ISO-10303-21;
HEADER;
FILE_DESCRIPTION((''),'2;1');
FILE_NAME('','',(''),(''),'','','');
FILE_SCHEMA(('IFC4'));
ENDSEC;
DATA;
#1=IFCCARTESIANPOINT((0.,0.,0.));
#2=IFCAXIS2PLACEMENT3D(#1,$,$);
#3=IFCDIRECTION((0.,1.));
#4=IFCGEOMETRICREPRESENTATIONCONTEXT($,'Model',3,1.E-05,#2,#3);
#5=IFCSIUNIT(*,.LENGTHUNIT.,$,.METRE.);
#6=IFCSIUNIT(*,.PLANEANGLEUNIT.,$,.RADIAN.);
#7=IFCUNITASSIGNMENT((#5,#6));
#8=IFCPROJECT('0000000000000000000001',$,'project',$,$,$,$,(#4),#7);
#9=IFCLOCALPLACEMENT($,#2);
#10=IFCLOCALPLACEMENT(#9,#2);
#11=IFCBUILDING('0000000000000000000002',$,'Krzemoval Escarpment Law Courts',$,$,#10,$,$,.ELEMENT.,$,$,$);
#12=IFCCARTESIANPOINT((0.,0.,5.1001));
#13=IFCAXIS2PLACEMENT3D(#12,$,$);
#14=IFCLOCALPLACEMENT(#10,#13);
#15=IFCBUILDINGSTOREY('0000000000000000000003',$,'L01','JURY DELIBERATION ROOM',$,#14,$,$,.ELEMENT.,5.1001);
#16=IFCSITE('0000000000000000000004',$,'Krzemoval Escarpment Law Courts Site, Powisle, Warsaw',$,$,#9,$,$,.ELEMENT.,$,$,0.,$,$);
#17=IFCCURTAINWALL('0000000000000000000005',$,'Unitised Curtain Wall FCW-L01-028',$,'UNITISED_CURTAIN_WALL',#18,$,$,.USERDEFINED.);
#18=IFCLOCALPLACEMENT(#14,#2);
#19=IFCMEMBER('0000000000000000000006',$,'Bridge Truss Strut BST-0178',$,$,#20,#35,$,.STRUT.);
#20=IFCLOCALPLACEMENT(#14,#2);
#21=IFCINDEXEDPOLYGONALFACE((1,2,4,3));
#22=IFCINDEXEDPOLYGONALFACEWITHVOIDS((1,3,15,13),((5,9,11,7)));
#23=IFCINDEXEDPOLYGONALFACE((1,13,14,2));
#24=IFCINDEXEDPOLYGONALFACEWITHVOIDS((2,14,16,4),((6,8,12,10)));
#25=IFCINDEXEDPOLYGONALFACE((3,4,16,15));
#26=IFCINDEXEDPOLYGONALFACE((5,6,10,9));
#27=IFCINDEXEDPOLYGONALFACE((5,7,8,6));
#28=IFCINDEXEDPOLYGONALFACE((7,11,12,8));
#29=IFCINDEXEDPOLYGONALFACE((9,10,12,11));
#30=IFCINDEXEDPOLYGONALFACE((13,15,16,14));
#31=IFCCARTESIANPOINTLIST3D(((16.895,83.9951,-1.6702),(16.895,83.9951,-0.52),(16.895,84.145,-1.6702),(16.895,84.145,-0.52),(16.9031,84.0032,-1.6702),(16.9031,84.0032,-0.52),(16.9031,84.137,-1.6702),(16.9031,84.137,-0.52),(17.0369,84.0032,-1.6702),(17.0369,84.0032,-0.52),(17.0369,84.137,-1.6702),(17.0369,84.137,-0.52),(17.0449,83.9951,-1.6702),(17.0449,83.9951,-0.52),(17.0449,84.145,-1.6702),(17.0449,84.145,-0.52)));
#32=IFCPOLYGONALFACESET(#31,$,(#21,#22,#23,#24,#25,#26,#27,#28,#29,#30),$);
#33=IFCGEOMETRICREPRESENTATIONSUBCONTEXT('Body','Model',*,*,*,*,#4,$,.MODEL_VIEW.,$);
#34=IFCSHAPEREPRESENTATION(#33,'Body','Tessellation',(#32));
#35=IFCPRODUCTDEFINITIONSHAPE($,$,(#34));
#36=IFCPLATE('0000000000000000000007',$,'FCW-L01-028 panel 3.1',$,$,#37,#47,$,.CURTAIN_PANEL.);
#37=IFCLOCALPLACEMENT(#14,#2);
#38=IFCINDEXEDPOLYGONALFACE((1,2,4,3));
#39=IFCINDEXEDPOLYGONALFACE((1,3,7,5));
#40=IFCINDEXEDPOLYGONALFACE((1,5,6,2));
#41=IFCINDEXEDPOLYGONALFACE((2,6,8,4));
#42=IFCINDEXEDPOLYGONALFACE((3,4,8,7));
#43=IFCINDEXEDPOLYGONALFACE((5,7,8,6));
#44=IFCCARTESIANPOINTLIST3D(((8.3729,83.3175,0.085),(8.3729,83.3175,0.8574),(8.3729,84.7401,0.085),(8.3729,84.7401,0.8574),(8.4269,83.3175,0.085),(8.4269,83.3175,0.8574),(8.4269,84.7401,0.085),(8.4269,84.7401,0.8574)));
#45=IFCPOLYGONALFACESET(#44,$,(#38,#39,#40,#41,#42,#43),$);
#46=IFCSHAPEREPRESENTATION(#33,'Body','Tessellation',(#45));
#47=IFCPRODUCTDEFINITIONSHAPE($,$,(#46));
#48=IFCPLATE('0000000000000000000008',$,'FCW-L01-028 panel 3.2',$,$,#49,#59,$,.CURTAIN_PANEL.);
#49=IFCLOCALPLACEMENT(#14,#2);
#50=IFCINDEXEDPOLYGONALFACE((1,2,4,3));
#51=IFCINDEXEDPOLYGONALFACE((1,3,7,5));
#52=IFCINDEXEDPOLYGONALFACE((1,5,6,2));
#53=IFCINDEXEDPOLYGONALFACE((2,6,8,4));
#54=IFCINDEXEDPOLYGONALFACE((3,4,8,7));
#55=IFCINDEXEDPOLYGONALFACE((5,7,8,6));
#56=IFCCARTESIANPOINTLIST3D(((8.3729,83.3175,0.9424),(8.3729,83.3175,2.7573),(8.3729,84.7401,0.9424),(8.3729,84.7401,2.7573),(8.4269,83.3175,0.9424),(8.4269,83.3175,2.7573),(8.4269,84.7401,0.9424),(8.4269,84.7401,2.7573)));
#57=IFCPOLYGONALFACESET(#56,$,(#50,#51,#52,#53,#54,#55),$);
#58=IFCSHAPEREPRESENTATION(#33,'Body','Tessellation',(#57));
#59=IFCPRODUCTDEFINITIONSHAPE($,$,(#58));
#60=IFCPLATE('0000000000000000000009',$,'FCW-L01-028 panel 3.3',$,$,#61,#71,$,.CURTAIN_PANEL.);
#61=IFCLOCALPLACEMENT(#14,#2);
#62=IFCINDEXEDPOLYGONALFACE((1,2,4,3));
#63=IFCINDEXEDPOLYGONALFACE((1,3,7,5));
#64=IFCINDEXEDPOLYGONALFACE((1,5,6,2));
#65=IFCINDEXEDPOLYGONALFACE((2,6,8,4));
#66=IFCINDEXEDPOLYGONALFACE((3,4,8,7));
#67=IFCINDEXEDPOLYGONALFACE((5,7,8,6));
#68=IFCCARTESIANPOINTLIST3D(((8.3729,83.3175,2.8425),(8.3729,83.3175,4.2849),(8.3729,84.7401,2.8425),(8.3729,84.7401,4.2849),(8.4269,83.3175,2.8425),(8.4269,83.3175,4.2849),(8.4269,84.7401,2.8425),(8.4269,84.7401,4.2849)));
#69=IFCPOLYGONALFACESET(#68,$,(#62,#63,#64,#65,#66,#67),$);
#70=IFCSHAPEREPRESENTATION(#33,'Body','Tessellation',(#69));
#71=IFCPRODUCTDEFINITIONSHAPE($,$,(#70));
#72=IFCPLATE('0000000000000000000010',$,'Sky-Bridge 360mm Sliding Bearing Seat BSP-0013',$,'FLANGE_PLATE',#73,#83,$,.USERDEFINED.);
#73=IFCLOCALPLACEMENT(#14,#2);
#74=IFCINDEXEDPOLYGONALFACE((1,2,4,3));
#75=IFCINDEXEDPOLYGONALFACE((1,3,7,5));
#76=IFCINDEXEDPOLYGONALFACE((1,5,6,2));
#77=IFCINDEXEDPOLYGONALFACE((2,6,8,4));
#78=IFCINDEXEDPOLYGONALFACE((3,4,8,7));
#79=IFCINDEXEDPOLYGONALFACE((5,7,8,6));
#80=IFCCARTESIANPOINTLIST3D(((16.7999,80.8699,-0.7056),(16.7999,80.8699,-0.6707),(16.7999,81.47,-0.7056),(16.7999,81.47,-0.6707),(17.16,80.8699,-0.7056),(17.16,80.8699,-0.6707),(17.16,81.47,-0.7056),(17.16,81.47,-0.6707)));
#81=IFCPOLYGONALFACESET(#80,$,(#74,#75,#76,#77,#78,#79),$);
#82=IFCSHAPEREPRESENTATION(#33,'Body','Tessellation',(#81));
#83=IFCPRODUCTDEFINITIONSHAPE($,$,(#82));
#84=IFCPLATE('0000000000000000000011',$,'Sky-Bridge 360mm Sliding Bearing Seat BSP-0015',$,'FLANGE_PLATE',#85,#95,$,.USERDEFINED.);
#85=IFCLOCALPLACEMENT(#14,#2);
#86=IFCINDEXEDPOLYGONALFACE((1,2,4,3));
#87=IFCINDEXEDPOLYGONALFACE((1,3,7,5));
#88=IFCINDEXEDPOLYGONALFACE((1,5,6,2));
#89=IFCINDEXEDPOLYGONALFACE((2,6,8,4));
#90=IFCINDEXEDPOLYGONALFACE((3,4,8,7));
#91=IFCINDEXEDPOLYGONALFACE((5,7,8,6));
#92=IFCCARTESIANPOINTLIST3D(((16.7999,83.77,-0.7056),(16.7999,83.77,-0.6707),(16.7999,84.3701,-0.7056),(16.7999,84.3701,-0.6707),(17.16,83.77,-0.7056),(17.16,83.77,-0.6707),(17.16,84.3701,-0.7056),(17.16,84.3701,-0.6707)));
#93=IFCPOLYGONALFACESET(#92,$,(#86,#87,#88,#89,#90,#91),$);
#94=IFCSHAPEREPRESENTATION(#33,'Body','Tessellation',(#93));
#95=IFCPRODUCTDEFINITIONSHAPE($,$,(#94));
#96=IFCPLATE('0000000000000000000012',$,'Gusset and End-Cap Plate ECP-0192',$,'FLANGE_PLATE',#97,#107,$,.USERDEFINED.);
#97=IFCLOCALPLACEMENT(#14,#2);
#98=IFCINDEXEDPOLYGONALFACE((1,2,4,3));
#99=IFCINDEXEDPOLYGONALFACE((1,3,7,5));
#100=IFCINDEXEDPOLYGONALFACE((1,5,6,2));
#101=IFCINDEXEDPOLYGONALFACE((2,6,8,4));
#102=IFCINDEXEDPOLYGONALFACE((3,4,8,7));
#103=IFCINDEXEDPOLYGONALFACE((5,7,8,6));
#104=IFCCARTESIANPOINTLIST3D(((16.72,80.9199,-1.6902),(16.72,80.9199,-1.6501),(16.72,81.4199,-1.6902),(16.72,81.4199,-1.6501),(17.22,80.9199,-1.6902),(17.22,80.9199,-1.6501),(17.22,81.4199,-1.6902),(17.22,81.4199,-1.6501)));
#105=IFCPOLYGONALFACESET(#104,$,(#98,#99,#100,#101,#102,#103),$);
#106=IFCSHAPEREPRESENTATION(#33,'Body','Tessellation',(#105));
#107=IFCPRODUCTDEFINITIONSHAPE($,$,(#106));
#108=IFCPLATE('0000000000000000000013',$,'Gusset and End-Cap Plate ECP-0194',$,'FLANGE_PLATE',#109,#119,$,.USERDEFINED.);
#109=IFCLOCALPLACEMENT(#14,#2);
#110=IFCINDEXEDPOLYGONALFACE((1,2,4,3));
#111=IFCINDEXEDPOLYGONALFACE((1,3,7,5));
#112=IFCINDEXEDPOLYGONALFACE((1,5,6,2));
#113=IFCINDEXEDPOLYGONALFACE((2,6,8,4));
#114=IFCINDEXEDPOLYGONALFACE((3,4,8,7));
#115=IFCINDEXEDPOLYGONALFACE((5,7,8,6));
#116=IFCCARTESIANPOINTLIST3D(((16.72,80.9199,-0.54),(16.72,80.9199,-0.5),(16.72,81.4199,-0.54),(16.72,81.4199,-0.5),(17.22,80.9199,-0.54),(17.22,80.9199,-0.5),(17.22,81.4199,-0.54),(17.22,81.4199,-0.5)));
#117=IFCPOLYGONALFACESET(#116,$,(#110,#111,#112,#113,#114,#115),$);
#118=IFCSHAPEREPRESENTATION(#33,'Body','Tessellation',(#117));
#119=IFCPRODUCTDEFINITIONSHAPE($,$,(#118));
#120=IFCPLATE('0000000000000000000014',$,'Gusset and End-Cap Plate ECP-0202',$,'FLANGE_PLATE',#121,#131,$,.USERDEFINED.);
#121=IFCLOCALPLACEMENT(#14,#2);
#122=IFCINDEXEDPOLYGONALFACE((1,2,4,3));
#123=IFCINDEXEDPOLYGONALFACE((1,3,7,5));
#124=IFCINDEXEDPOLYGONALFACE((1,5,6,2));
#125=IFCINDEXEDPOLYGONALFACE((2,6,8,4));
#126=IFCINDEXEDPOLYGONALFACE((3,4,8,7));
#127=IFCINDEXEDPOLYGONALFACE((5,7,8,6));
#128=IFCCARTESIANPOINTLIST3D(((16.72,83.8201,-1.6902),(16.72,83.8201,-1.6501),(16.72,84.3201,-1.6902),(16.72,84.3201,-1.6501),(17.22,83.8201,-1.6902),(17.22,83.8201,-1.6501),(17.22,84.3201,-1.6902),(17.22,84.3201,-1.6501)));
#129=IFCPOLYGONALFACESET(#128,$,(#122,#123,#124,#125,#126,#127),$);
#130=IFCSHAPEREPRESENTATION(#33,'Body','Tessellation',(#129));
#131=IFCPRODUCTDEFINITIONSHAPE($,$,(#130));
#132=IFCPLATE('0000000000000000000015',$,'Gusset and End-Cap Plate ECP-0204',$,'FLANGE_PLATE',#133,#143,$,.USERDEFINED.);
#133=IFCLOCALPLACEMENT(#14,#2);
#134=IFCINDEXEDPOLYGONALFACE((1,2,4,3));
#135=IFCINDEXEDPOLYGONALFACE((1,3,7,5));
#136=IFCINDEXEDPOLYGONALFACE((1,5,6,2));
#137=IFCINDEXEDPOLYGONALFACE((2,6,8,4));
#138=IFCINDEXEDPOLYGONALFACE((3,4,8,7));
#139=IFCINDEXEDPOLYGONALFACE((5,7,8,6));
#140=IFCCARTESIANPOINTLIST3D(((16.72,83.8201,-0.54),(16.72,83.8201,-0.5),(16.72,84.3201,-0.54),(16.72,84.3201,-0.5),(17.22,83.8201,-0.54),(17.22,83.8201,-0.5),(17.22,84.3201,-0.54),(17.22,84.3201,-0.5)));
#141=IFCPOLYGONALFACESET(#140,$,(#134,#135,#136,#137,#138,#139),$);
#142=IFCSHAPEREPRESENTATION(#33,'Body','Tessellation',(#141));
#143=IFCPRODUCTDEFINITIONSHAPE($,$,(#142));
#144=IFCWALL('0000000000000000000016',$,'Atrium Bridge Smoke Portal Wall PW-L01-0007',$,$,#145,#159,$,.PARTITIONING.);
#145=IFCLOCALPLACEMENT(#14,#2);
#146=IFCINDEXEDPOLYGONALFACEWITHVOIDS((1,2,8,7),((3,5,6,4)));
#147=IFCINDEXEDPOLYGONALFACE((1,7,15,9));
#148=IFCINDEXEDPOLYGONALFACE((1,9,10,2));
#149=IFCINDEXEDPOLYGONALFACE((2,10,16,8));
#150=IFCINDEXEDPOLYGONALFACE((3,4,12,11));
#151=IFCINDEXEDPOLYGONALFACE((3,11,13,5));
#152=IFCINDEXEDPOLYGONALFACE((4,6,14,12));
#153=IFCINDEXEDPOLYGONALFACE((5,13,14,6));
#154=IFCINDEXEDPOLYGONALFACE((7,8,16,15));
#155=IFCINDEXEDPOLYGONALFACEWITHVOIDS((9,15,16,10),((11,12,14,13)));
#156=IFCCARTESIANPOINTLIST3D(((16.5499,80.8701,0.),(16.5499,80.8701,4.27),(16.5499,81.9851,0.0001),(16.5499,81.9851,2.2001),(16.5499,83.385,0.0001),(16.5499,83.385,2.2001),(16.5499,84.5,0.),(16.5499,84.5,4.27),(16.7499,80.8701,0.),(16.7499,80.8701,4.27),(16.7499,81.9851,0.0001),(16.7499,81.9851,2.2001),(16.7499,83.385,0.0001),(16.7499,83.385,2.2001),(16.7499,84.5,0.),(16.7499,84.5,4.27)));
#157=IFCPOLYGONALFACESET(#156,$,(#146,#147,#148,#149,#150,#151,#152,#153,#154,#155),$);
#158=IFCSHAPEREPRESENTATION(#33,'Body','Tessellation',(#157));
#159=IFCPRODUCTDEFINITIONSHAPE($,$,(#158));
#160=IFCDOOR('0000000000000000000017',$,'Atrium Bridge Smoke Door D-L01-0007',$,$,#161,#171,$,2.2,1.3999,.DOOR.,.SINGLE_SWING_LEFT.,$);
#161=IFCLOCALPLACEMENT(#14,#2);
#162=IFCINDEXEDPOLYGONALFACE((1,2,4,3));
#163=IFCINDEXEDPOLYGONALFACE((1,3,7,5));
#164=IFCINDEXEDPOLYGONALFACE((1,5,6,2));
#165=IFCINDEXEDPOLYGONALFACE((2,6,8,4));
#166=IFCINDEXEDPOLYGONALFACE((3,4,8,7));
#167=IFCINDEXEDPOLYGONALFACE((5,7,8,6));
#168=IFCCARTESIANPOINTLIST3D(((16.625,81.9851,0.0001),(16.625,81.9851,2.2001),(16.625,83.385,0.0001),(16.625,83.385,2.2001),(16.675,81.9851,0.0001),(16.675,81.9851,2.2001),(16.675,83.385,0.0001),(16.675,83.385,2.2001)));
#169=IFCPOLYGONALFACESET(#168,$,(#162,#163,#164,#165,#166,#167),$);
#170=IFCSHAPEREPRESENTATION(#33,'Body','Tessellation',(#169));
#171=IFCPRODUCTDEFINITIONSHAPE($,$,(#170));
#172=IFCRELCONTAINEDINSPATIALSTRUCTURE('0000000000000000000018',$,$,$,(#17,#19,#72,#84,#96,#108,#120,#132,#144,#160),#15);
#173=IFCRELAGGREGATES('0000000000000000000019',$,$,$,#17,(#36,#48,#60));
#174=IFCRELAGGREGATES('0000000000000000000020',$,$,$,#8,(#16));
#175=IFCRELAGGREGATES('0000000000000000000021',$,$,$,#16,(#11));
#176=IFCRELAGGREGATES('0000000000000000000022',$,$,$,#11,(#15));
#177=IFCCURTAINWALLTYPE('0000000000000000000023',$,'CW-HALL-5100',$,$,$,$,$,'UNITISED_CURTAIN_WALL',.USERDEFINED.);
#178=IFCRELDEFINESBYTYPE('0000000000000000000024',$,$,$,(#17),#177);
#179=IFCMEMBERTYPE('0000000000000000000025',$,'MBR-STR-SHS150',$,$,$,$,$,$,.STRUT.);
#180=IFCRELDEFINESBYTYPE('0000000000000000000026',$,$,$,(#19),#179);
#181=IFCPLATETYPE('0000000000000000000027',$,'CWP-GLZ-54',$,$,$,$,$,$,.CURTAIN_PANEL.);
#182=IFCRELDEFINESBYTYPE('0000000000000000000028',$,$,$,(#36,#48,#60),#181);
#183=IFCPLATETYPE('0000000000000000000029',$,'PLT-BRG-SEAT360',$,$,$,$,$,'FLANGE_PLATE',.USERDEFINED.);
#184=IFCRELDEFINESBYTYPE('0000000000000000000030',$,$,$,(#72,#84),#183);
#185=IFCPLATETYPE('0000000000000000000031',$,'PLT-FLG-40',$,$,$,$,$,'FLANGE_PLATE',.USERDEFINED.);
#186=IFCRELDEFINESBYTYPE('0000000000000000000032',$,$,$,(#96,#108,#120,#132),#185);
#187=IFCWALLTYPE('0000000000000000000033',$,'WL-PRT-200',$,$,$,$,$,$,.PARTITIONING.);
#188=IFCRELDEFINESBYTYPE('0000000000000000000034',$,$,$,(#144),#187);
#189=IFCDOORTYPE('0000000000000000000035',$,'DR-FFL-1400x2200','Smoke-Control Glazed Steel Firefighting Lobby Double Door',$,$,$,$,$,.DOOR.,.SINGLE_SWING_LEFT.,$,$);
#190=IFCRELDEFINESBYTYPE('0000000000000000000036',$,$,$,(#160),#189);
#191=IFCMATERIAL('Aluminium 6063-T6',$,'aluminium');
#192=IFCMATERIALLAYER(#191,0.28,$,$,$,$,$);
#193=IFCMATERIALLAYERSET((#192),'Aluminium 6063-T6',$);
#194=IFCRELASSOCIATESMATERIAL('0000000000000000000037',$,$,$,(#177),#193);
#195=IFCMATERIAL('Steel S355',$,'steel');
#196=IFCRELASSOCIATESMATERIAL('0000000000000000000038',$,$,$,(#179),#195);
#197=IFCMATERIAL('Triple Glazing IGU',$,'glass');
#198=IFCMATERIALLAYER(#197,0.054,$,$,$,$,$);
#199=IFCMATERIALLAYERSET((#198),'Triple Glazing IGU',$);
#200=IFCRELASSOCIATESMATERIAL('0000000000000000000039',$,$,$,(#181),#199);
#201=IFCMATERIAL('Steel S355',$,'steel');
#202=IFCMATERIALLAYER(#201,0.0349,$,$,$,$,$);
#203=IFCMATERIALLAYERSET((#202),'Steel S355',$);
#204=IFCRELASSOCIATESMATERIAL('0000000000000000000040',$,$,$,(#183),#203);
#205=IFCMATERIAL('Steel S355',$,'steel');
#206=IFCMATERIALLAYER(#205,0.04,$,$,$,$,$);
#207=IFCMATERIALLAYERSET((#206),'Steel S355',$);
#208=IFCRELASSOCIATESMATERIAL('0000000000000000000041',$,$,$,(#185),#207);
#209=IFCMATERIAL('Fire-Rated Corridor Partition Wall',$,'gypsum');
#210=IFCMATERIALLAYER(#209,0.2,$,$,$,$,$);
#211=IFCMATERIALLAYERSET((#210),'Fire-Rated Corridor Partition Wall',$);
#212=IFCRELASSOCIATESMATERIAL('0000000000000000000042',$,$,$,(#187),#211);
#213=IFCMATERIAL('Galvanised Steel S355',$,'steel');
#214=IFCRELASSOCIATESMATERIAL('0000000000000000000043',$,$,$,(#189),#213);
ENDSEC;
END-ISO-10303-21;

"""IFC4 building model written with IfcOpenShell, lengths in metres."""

from ifc_helpers import new_model, si_unit, direction, frame, frame_2d, origin, origin_2d, place, context, subcontext, project, spatial, rectangle, hollow_rectangle, extrude, material, layer, layer_set, material_profile, profile_set, type_object, element, fill, aggregate, save


model = new_model("IFC4")

# Units and contexts
model_context = context("Model", 3, precision=1e-05, world=origin(), true_north=direction((0.0, 1.0)))
body_context = subcontext(model_context, "Body", "Model", "MODEL_VIEW")
ifc_project = project(units=[si_unit("LENGTHUNIT", "METRE"), si_unit("PLANEANGLEUNIT", "RADIAN")], contexts=[model_context])

# Site, building, storey
site_placement = place(None, origin())
site = spatial("IfcSite", under=ifc_project, at=site_placement, Name="Krzemoval Escarpment Law Courts Site, Powisle, Warsaw", CompositionType="ELEMENT", RefElevation=0.0)
building_placement = place(site_placement, origin())
building = spatial("IfcBuilding", under=site, at=building_placement, Name="Krzemoval Escarpment Law Courts", CompositionType="ELEMENT")
storey_placement = place(building_placement, frame((0.0, 0.0, 5.1001)))
storey = spatial("IfcBuildingStorey", under=building, at=storey_placement, Name="L01", Description="JURY DELIBERATION ROOM", CompositionType="ELEMENT", Elevation=5.1001)

# Curtain wall
ifc_material_1 = material(Name="Aluminium 6063-T6", Category="aluminium")
ifc_layer_1 = layer(ifc_material_1, 0.28)
ifc_layer_set_1 = layer_set([ifc_layer_1], Name="Aluminium 6063-T6")
curtain_wall_type = type_object("IfcCurtainWallType", Name="CW-HALL-5100", ElementType="UNITISED_CURTAIN_WALL", PredefinedType="USERDEFINED", material=ifc_layer_set_1)
curtain_wall_placement = place(storey_placement, origin())
curtain_wall = element("IfcCurtainWall", 1, at=curtain_wall_placement, inside=storey, type_object=curtain_wall_type, Name="Unitised Curtain Wall FCW-L01-028", ObjectType="UNITISED_CURTAIN_WALL", PredefinedType="USERDEFINED")

# Member
ifc_material_2 = material(Name="Steel S355", Category="steel")
ifc_material_profile_1 = material_profile(ifc_material_2, hollow_rectangle(XDim=0.1499, YDim=0.1499, WallThickness=0.0081, at=origin_2d()), Name="SHS 150x150x8")
ifc_profile_set_1 = profile_set([ifc_material_profile_1], Name="Steel S355")
member_type_1 = type_object("IfcMemberType", Name="MBR-STR-SHS150", PredefinedType="STRUT", material=ifc_profile_set_1)
for number, where, z_axis, x_axis, name in (
    (2, (16.97, 84.0701, -1.6702), (0.0, 0.0, 1.0), (1.0, 0.0, 0.0), "Bridge Truss Strut BST-0178"),
):
    element("IfcMember", number, at=place(storey_placement, frame(where, z_axis=z_axis, x_axis=x_axis)), inside=storey, type_object=member_type_1, Name=name, PredefinedType="STRUT", context=body_context, shape_type="SweptSolid", body=[
        extrude(hollow_rectangle(XDim=0.1499, YDim=0.1499, WallThickness=0.0081, at=origin_2d()), origin(), (0.0, 0.0, 1.0), 1.1501),
    ])

# Plates
ifc_material_3 = material(Name="Triple Glazing IGU", Category="glass")
ifc_layer_2 = layer(ifc_material_3, 0.054)
ifc_layer_set_2 = layer_set([ifc_layer_2], Name="Triple Glazing IGU")
plate_type_1 = type_object("IfcPlateType", Name="CWP-GLZ-54", PredefinedType="CURTAIN_PANEL", material=ifc_layer_set_2)
plate_1_placement = place(storey_placement, frame((8.3999, 84.0288, 0.085), z_axis=(0.0, 0.0, 1.0), x_axis=(0.0, 1.0, 0.0)))
plate_1 = element("IfcPlate", 3, at=plate_1_placement, type_object=plate_type_1, Name="FCW-L01-028 panel 3.1", PredefinedType="CURTAIN_PANEL", context=body_context, shape_type="SweptSolid", body=[
    extrude(rectangle(XDim=1.4226, YDim=0.054, at=origin_2d()), origin(), (0.0, 0.0, 1.0), 0.7725),
])
plate_2_placement = place(storey_placement, frame((8.3999, 84.0288, 0.9424), z_axis=(0.0, 0.0, 1.0), x_axis=(0.0, 1.0, 0.0)))
plate_2 = element("IfcPlate", 4, at=plate_2_placement, type_object=plate_type_1, Name="FCW-L01-028 panel 3.2", PredefinedType="CURTAIN_PANEL", context=body_context, shape_type="SweptSolid", body=[
    extrude(rectangle(XDim=1.4226, YDim=0.054, at=origin_2d()), origin(), (0.0, 0.0, 1.0), 1.8149),
])
plate_3_placement = place(storey_placement, frame((8.3999, 84.0288, 2.8425), z_axis=(0.0, 0.0, 1.0), x_axis=(0.0, 1.0, 0.0)))
plate_3 = element("IfcPlate", 5, at=plate_3_placement, type_object=plate_type_1, Name="FCW-L01-028 panel 3.3", PredefinedType="CURTAIN_PANEL", context=body_context, shape_type="SweptSolid", body=[
    extrude(rectangle(XDim=1.4226, YDim=0.054, at=origin_2d()), origin(), (0.0, 0.0, 1.0), 1.4424),
])
aggregate(curtain_wall, [plate_1, plate_2, plate_3])

# Plates
ifc_material_4 = material(Name="Steel S355", Category="steel")
ifc_layer_3 = layer(ifc_material_4, 0.0349)
ifc_layer_set_3 = layer_set([ifc_layer_3], Name="Steel S355")
plate_type_2 = type_object("IfcPlateType", Name="PLT-BRG-SEAT360", ElementType="FLANGE_PLATE", PredefinedType="USERDEFINED", material=ifc_layer_set_3)
for number, where, z_axis, x_axis, name in (
    (6, (16.98, 81.1699, -0.7056), (0.0, 0.0, 1.0), (1.0, 0.0, 0.0), "Sky-Bridge 360mm Sliding Bearing Seat BSP-0013"),
    (7, (16.98, 84.0701, -0.7056), (0.0, 0.0, 1.0), (1.0, 0.0, 0.0), "Sky-Bridge 360mm Sliding Bearing Seat BSP-0015"),
):
    element("IfcPlate", number, at=place(storey_placement, frame(where, z_axis=z_axis, x_axis=x_axis)), inside=storey, type_object=plate_type_2, Name=name, ObjectType="FLANGE_PLATE", PredefinedType="USERDEFINED", context=body_context, shape_type="SweptSolid", body=[
        extrude(rectangle(XDim=0.3601, YDim=0.6001, at=origin_2d()), origin(), (0.0, 0.0, 1.0), 0.0349),
    ])
ifc_material_5 = material(Name="Steel S355", Category="steel")
ifc_layer_4 = layer(ifc_material_5, 0.04)
ifc_layer_set_4 = layer_set([ifc_layer_4], Name="Steel S355")
plate_type_3 = type_object("IfcPlateType", Name="PLT-FLG-40", ElementType="FLANGE_PLATE", PredefinedType="USERDEFINED", material=ifc_layer_set_4)
for number, where, z_axis, x_axis, name in (
    (8, (16.97, 81.1699, -1.6902), (0.0, 0.0, 1.0), (1.0, 0.0, 0.0), "Gusset and End-Cap Plate ECP-0192"),
    (9, (16.97, 81.1699, -0.54), (0.0, 0.0, 1.0), (1.0, 0.0, 0.0), "Gusset and End-Cap Plate ECP-0194"),
    (10, (16.97, 84.0701, -1.6902), (0.0, 0.0, 1.0), (1.0, 0.0, 0.0), "Gusset and End-Cap Plate ECP-0202"),
    (11, (16.97, 84.0701, -0.54), (0.0, 0.0, 1.0), (1.0, 0.0, 0.0), "Gusset and End-Cap Plate ECP-0204"),
):
    element("IfcPlate", number, at=place(storey_placement, frame(where, z_axis=z_axis, x_axis=x_axis)), inside=storey, type_object=plate_type_3, Name=name, ObjectType="FLANGE_PLATE", PredefinedType="USERDEFINED", context=body_context, shape_type="SweptSolid", body=[
        extrude(rectangle(XDim=0.5, YDim=0.5, at=origin_2d()), origin(), (0.0, 0.0, 1.0), 0.04),
    ])

# Wall, opening, door
ifc_material_6 = material(Name="Fire-Rated Corridor Partition Wall", Category="gypsum")
ifc_layer_5 = layer(ifc_material_6, 0.2)
ifc_layer_set_5 = layer_set([ifc_layer_5], Name="Fire-Rated Corridor Partition Wall")
wall_type = type_object("IfcWallType", Name="WL-PRT-200", PredefinedType="PARTITIONING", material=ifc_layer_set_5)
wall_placement = place(storey_placement, frame((16.6499, 80.8701, 0.0), z_axis=(0.0, 0.0, 1.0), x_axis=(0.0, 1.0, 0.0)))
wall = element("IfcWall", 12, at=wall_placement, inside=storey, type_object=wall_type, Name="Atrium Bridge Smoke Portal Wall PW-L01-0007", PredefinedType="PARTITIONING", context=body_context, shape_type="SweptSolid", body=[
    extrude(rectangle(XDim=3.6299, YDim=0.2, at=frame_2d((1.8149, 0.0))), origin(), (0.0, 0.0, 1.0), 4.27),
])
opening_placement = place(wall_placement, frame((1.115, 0.0, 0.0)))
opening = element("IfcOpeningElement", 13, at=opening_placement, cuts=wall, PredefinedType="OPENING", context=body_context, shape_type="SweptSolid", body=[
    extrude(rectangle(XDim=1.3999, YDim=2.2, at=frame_2d((0.7, 1.1001))), frame((0.0, 0.115, 0.0), z_axis=(0.0, -1.0, 0.0), x_axis=(1.0, 0.0, 0.0)), (0.0, 0.0, 1.0), 0.2299),
])
ifc_material_7 = material(Name="Galvanised Steel S355", Category="steel")
door_type = type_object("IfcDoorType", Name="DR-FFL-1400x2200", Description="Smoke-Control Glazed Steel Firefighting Lobby Double Door", OperationType="SINGLE_SWING_LEFT", PredefinedType="DOOR", material=ifc_material_7)
door_placement = place(opening_placement, origin())
door = element("IfcDoor", 14, at=door_placement, inside=storey, type_object=door_type, Name="Atrium Bridge Smoke Door D-L01-0007", OperationType="SINGLE_SWING_LEFT", OverallHeight=2.2, OverallWidth=1.3999, PredefinedType="DOOR", context=body_context, shape_type="SweptSolid", body=[
    extrude(rectangle(XDim=1.3999, YDim=2.2, at=frame_2d((0.7, 1.1001))), frame((0.0, 0.0249, 0.0), z_axis=(0.0, -1.0, 0.0), x_axis=(1.0, 0.0, 0.0)), (0.0, 0.0, 1.0), 0.05),
])
fill(opening, door)

save(model, "model.ifc")
